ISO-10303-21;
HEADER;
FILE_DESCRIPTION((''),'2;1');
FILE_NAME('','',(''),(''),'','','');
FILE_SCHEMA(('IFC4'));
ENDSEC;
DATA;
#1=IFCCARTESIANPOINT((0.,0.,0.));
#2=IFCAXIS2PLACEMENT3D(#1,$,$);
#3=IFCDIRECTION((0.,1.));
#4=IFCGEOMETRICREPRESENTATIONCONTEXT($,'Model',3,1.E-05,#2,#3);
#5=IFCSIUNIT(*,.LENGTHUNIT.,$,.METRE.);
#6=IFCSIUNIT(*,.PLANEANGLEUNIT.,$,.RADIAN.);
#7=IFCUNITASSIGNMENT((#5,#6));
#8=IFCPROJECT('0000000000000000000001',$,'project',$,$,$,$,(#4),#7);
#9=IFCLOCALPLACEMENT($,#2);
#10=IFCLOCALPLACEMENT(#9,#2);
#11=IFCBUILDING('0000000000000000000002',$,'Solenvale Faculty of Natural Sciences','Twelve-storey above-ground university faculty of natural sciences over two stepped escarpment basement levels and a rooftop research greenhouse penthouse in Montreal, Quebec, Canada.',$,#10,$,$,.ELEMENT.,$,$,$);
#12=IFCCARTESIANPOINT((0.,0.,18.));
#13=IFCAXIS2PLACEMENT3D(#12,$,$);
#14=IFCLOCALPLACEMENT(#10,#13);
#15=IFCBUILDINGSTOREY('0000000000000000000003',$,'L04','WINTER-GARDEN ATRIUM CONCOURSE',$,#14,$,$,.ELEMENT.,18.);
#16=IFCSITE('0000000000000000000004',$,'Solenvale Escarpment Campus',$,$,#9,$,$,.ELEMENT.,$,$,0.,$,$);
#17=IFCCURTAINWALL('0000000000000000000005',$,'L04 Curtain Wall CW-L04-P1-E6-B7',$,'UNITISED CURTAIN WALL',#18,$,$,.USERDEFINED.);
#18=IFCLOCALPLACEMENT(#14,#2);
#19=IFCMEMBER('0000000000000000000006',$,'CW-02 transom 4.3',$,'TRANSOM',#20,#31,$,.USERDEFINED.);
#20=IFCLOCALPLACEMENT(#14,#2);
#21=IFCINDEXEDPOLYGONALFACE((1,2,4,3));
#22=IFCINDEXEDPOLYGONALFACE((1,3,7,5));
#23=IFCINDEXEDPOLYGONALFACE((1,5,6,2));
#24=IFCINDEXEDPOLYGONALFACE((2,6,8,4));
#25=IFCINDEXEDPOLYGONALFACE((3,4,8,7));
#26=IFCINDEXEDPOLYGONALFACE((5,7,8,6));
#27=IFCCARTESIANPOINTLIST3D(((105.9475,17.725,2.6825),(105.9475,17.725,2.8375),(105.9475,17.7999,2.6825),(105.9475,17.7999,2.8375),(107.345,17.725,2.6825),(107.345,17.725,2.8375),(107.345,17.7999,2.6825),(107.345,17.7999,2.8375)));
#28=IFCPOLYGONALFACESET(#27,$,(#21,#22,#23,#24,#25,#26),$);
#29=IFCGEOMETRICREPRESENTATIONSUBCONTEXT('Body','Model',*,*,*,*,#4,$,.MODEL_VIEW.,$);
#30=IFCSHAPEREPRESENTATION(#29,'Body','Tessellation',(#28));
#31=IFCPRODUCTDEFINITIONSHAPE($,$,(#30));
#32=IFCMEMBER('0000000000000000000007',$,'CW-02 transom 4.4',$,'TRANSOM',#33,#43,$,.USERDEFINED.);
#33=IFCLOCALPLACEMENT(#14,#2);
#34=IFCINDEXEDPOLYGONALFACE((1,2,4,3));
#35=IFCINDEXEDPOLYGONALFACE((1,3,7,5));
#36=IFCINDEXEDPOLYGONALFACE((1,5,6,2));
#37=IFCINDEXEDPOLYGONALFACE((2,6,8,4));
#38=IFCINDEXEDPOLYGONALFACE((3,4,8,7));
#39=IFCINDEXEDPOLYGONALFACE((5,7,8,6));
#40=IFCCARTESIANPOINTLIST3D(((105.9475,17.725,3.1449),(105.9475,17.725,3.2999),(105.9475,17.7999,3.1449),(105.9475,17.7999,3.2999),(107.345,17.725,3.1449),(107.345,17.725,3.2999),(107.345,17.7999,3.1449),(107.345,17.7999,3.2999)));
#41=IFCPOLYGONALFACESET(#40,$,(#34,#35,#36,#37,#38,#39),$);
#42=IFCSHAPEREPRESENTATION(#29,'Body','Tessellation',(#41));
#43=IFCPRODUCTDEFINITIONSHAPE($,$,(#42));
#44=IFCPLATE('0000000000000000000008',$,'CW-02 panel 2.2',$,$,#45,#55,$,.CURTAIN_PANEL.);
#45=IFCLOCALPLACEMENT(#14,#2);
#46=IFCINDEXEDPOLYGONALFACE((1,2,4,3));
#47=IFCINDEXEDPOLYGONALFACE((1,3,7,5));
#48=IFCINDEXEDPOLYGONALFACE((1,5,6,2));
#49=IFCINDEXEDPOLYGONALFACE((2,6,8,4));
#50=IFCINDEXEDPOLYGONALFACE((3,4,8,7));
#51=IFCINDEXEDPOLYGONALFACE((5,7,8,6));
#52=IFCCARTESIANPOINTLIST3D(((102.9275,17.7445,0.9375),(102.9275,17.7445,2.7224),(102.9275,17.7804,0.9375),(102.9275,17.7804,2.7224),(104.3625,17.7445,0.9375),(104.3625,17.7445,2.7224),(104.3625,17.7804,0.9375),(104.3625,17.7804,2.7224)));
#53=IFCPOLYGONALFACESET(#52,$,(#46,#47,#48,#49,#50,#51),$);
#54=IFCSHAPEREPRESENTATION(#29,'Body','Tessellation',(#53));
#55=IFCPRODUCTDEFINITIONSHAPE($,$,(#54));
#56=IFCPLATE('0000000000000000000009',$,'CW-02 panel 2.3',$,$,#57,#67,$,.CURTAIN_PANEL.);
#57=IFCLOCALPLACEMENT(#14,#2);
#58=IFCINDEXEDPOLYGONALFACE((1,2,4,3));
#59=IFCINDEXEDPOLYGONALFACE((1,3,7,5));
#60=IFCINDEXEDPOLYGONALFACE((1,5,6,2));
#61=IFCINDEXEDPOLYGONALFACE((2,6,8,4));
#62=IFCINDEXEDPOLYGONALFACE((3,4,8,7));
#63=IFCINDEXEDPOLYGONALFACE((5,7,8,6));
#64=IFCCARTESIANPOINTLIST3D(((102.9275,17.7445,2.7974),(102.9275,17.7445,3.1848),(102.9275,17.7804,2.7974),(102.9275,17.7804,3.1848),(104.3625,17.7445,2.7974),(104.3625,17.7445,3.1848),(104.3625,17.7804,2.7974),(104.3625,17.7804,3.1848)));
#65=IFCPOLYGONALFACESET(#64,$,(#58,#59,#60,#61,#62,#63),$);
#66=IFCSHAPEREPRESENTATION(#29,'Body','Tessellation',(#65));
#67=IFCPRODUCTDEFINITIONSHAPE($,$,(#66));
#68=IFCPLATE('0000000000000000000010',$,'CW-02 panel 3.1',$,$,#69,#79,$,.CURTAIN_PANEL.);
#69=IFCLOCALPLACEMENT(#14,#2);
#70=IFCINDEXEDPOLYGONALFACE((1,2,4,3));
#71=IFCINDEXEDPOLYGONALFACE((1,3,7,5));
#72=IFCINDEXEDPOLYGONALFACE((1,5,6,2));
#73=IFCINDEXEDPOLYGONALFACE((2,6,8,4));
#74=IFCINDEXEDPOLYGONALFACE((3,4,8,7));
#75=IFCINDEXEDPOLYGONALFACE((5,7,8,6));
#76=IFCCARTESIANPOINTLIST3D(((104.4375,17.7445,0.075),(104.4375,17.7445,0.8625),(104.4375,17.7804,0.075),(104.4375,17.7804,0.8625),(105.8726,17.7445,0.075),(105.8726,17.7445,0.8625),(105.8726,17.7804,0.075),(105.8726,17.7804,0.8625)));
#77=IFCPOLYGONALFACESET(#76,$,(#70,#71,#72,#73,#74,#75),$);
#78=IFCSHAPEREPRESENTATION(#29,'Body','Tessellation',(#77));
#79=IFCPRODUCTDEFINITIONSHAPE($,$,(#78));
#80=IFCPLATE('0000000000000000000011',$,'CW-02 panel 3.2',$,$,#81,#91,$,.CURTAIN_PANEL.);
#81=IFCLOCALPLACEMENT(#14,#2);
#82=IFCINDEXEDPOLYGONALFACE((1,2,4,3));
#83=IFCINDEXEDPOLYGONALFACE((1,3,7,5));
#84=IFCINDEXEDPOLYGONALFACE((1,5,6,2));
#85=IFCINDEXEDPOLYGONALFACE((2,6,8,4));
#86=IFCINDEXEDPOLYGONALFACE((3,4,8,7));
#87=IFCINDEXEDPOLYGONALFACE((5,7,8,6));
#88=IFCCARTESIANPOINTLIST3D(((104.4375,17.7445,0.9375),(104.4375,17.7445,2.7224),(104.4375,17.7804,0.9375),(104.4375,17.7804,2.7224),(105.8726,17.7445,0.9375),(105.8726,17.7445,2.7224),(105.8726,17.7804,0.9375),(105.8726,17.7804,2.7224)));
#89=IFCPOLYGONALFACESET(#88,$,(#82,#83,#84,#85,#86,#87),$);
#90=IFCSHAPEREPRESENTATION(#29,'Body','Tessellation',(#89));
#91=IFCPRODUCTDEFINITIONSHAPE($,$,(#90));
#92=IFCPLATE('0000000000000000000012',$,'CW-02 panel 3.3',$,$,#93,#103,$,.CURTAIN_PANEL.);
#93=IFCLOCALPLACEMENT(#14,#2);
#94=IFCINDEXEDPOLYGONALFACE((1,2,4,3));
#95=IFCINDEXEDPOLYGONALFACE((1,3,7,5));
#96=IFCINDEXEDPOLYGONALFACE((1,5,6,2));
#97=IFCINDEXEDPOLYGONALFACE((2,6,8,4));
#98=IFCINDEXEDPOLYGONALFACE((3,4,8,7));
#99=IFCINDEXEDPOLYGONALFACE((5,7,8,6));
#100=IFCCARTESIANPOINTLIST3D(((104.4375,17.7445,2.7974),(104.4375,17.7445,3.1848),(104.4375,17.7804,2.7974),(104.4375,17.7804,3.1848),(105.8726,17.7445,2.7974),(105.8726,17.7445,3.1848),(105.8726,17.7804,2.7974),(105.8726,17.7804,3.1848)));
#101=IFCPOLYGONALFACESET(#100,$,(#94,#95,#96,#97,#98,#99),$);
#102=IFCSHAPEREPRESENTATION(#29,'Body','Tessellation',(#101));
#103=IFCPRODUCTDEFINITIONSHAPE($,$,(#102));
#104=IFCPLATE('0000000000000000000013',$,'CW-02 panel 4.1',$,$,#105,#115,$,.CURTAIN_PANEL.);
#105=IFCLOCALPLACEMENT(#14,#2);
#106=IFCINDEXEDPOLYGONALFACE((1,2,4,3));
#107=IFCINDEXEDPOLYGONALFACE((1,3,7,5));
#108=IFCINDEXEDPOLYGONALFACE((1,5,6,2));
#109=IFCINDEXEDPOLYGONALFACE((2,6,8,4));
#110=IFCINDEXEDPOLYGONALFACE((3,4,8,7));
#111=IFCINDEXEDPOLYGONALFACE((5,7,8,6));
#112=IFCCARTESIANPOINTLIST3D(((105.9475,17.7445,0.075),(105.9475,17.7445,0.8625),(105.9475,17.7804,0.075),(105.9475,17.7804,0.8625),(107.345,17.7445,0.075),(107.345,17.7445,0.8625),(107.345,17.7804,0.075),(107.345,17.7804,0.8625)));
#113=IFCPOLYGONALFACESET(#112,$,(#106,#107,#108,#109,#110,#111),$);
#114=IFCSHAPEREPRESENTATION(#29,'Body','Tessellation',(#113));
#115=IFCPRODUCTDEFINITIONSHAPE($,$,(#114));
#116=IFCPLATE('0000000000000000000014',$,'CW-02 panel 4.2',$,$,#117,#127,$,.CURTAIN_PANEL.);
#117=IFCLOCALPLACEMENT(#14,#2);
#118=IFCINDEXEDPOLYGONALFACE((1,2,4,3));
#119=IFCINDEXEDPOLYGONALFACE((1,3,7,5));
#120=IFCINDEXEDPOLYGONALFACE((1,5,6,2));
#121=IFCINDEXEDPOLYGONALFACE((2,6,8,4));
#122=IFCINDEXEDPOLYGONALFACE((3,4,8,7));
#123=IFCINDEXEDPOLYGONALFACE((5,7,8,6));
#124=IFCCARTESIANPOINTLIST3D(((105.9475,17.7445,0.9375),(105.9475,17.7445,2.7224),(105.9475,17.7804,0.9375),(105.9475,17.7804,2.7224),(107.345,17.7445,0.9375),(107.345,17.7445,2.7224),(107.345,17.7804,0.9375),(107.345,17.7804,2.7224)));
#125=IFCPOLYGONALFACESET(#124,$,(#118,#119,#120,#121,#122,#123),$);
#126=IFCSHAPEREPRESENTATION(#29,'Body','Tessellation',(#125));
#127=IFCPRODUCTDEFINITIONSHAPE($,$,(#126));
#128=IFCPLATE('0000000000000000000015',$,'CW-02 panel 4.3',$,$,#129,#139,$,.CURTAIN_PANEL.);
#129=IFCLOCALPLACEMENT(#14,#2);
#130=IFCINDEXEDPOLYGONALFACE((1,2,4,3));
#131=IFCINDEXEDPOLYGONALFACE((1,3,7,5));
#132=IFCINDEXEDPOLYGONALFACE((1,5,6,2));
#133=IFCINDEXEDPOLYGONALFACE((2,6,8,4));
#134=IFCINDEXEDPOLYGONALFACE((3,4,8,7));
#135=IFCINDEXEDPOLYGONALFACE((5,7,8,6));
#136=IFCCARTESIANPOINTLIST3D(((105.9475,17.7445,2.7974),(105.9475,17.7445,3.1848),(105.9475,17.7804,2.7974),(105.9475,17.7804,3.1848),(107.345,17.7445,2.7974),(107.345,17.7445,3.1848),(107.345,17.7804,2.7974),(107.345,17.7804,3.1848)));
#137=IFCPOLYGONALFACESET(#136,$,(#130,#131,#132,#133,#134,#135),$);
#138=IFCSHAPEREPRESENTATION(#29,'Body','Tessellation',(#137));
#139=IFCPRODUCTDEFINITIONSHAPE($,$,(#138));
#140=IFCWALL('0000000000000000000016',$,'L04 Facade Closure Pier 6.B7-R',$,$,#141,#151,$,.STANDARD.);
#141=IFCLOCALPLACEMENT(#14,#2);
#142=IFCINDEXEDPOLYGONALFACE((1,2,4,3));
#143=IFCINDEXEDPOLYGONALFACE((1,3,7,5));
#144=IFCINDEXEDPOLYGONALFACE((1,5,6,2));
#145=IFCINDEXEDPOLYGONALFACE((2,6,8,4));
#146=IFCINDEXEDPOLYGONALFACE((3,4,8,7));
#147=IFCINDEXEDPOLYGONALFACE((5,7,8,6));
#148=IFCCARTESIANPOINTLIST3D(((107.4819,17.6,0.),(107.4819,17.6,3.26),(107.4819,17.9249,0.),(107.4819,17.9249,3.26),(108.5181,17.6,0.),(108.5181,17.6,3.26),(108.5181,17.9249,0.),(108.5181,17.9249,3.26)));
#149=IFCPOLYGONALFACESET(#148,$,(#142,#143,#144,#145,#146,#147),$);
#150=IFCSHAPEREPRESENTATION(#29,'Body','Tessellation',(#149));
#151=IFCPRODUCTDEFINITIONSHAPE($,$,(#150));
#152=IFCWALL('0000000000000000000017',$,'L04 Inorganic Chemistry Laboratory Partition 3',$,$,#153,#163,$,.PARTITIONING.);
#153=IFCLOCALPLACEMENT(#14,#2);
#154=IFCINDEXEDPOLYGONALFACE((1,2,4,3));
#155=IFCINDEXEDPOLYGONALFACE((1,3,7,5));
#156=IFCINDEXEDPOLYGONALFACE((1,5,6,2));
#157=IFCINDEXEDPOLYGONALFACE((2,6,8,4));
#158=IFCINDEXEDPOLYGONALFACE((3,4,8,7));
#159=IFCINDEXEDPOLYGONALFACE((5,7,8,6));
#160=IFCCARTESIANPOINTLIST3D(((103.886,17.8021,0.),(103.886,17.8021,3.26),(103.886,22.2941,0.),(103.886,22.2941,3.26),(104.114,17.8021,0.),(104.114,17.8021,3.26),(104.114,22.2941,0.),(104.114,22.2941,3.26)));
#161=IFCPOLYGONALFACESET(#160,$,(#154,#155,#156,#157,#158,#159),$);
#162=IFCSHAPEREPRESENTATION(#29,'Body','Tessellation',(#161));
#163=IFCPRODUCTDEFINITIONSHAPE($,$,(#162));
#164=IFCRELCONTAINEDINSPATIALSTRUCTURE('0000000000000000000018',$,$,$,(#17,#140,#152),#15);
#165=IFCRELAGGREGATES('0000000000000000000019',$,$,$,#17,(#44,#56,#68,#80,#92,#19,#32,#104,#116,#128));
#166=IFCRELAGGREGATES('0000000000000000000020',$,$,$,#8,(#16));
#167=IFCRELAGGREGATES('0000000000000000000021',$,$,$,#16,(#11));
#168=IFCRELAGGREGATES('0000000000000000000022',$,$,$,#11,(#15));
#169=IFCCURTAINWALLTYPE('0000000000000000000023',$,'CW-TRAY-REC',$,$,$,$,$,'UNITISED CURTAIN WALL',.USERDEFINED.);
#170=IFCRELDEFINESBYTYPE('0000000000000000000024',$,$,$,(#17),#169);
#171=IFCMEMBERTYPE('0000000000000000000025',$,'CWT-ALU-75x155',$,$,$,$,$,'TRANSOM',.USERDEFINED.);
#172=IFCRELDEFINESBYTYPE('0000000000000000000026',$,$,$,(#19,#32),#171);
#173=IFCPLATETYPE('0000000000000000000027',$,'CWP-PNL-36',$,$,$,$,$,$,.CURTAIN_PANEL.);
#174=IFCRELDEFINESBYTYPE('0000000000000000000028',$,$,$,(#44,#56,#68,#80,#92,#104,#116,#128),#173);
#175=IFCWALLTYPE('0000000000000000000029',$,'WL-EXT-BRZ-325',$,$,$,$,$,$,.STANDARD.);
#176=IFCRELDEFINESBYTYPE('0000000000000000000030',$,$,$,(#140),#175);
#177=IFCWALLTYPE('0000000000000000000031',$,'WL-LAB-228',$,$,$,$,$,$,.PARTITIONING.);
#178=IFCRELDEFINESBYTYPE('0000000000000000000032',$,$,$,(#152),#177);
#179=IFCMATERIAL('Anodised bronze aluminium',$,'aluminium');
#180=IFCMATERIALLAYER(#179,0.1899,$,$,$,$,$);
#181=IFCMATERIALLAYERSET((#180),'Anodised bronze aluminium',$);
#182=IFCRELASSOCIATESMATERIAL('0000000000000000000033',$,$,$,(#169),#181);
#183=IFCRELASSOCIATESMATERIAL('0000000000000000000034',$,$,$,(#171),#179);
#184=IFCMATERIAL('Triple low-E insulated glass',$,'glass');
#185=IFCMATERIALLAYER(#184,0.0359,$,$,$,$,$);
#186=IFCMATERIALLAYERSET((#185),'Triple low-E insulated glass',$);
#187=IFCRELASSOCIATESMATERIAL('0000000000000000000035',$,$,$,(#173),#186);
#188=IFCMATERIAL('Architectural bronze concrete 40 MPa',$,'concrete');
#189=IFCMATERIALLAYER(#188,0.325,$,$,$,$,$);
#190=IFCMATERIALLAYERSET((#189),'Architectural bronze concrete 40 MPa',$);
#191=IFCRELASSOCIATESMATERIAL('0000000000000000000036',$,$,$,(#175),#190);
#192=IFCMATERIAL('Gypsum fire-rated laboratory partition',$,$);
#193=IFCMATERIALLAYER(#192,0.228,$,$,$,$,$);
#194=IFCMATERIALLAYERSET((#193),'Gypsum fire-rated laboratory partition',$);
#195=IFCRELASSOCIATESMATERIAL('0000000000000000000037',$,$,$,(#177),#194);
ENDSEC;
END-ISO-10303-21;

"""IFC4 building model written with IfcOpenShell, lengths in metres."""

from ifc_helpers import new_model, si_unit, direction, frame, frame_2d, origin, origin_2d, place, context, subcontext, project, spatial, rectangle, extrude, material, layer, layer_set, material_profile, profile_set, type_object, element, aggregate, save


model = new_model("IFC4")

# Units and contexts
model_context = context("Model", 3, precision=1e-05, world=origin(), true_north=direction((0.0, 1.0)))
body_context = subcontext(model_context, "Body", "Model", "MODEL_VIEW")
ifc_project = project(units=[si_unit("LENGTHUNIT", "METRE"), si_unit("PLANEANGLEUNIT", "RADIAN")], contexts=[model_context])

# Site, building, storey
site_placement = place(None, origin())
site = spatial("IfcSite", under=ifc_project, at=site_placement, Name="Solenvale Escarpment Campus", CompositionType="ELEMENT", RefElevation=0.0)
building_placement = place(site_placement, origin())
building = spatial("IfcBuilding", under=site, at=building_placement, Name="Solenvale Faculty of Natural Sciences", Description="Twelve-storey above-ground university faculty of natural sciences over two stepped escarpment basement levels and a rooftop research greenhouse penthouse in Montreal, Quebec, Canada.", CompositionType="ELEMENT")
storey_placement = place(building_placement, frame((0.0, 0.0, 18.0)))
storey = spatial("IfcBuildingStorey", under=building, at=storey_placement, Name="L04", Description="WINTER-GARDEN ATRIUM CONCOURSE", CompositionType="ELEMENT", Elevation=18.0)

# Shared definitions
ifc_material_1 = material(Name="Architectural bronze concrete 40 MPa", Category="concrete")

# Curtain wall, members, plates
ifc_material_2 = material(Name="Anodised bronze aluminium", Category="aluminium")
ifc_layer_1 = layer(ifc_material_2, 0.1899)
ifc_layer_set_1 = layer_set([ifc_layer_1], Name="Anodised bronze aluminium")
curtain_wall_type = type_object("IfcCurtainWallType", Name="CW-TRAY-REC", ElementType="UNITISED CURTAIN WALL", PredefinedType="USERDEFINED", material=ifc_layer_set_1)
curtain_wall_placement = place(storey_placement, origin())
curtain_wall = element("IfcCurtainWall", 1, at=curtain_wall_placement, inside=storey, type_object=curtain_wall_type, Name="L04 Curtain Wall CW-L04-P1-E6-B7", ObjectType="UNITISED CURTAIN WALL", PredefinedType="USERDEFINED")
ifc_material_profile_1 = material_profile(ifc_material_2, rectangle(XDim=0.075, YDim=0.155, at=origin_2d()), Name="ALU-TRN-75x155")
ifc_profile_set_1 = profile_set([ifc_material_profile_1], Name="Anodised bronze aluminium")
member_type_1 = type_object("IfcMemberType", Name="CWT-ALU-75x155", ElementType="TRANSOM", PredefinedType="USERDEFINED", material=ifc_profile_set_1)
member_1_placement = place(storey_placement, frame((105.9475, 17.7625, 2.76), z_axis=(1.0, 0.0, 0.0), x_axis=(0.0, 1.0, 0.0)))
member_1 = element("IfcMember", 2, at=member_1_placement, type_object=member_type_1, Name="CW-02 transom 4.3", ObjectType="TRANSOM", PredefinedType="USERDEFINED", context=body_context, shape_type="SweptSolid", body=[
    extrude(rectangle(XDim=0.075, YDim=0.155, at=origin_2d()), origin(), (0.0, 0.0, 1.0), 1.3975),
])
member_2_placement = place(storey_placement, frame((105.9475, 17.7625, 3.2224), z_axis=(1.0, 0.0, 0.0), x_axis=(0.0, 1.0, 0.0)))
member_2 = element("IfcMember", 3, at=member_2_placement, type_object=member_type_1, Name="CW-02 transom 4.4", ObjectType="TRANSOM", PredefinedType="USERDEFINED", context=body_context, shape_type="SweptSolid", body=[
    extrude(rectangle(XDim=0.075, YDim=0.155, at=origin_2d()), origin(), (0.0, 0.0, 1.0), 1.3975),
])
ifc_material_3 = material(Name="Triple low-E insulated glass", Category="glass")
ifc_layer_2 = layer(ifc_material_3, 0.0359)
ifc_layer_set_2 = layer_set([ifc_layer_2], Name="Triple low-E insulated glass")
plate_type = type_object("IfcPlateType", Name="CWP-PNL-36", PredefinedType="CURTAIN_PANEL", material=ifc_layer_set_2)
plate_1_placement = place(storey_placement, frame((103.645, 17.7625, 0.9375), z_axis=(0.0, 0.0, 1.0), x_axis=(1.0, 0.0, 0.0)))
plate_1 = element("IfcPlate", 4, at=plate_1_placement, type_object=plate_type, Name="CW-02 panel 2.2", PredefinedType="CURTAIN_PANEL", context=body_context, shape_type="SweptSolid", body=[
    extrude(rectangle(XDim=1.4351, YDim=0.0359, at=origin_2d()), origin(), (0.0, 0.0, 1.0), 1.7849),
])
plate_2_placement = place(storey_placement, frame((103.645, 17.7625, 2.7974), z_axis=(0.0, 0.0, 1.0), x_axis=(1.0, 0.0, 0.0)))
plate_2 = element("IfcPlate", 5, at=plate_2_placement, type_object=plate_type, Name="CW-02 panel 2.3", PredefinedType="CURTAIN_PANEL", context=body_context, shape_type="SweptSolid", body=[
    extrude(rectangle(XDim=1.4351, YDim=0.0359, at=origin_2d()), origin(), (0.0, 0.0, 1.0), 0.3875),
])
plate_3_placement = place(storey_placement, frame((105.155, 17.7625, 0.075), z_axis=(0.0, 0.0, 1.0), x_axis=(1.0, 0.0, 0.0)))
plate_3 = element("IfcPlate", 6, at=plate_3_placement, type_object=plate_type, Name="CW-02 panel 3.1", PredefinedType="CURTAIN_PANEL", context=body_context, shape_type="SweptSolid", body=[
    extrude(rectangle(XDim=1.4351, YDim=0.0359, at=origin_2d()), origin(), (0.0, 0.0, 1.0), 0.7876),
])
plate_4_placement = place(storey_placement, frame((105.155, 17.7625, 0.9375), z_axis=(0.0, 0.0, 1.0), x_axis=(1.0, 0.0, 0.0)))
plate_4 = element("IfcPlate", 7, at=plate_4_placement, type_object=plate_type, Name="CW-02 panel 3.2", PredefinedType="CURTAIN_PANEL", context=body_context, shape_type="SweptSolid", body=[
    extrude(rectangle(XDim=1.4351, YDim=0.0359, at=origin_2d()), origin(), (0.0, 0.0, 1.0), 1.7849),
])
plate_5_placement = place(storey_placement, frame((105.155, 17.7625, 2.7974), z_axis=(0.0, 0.0, 1.0), x_axis=(1.0, 0.0, 0.0)))
plate_5 = element("IfcPlate", 8, at=plate_5_placement, type_object=plate_type, Name="CW-02 panel 3.3", PredefinedType="CURTAIN_PANEL", context=body_context, shape_type="SweptSolid", body=[
    extrude(rectangle(XDim=1.4351, YDim=0.0359, at=origin_2d()), origin(), (0.0, 0.0, 1.0), 0.3875),
])
plate_6_placement = place(storey_placement, frame((106.6462, 17.7625, 0.075), z_axis=(0.0, 0.0, 1.0), x_axis=(1.0, 0.0, 0.0)))
plate_6 = element("IfcPlate", 9, at=plate_6_placement, type_object=plate_type, Name="CW-02 panel 4.1", PredefinedType="CURTAIN_PANEL", context=body_context, shape_type="SweptSolid", body=[
    extrude(rectangle(XDim=1.3975, YDim=0.0359, at=origin_2d()), origin(), (0.0, 0.0, 1.0), 0.7876),
])
plate_7_placement = place(storey_placement, frame((106.6462, 17.7625, 0.9375), z_axis=(0.0, 0.0, 1.0), x_axis=(1.0, 0.0, 0.0)))
plate_7 = element("IfcPlate", 10, at=plate_7_placement, type_object=plate_type, Name="CW-02 panel 4.2", PredefinedType="CURTAIN_PANEL", context=body_context, shape_type="SweptSolid", body=[
    extrude(rectangle(XDim=1.3975, YDim=0.0359, at=origin_2d()), origin(), (0.0, 0.0, 1.0), 1.7849),
])
plate_8_placement = place(storey_placement, frame((106.6462, 17.7625, 2.7974), z_axis=(0.0, 0.0, 1.0), x_axis=(1.0, 0.0, 0.0)))
plate_8 = element("IfcPlate", 11, at=plate_8_placement, type_object=plate_type, Name="CW-02 panel 4.3", PredefinedType="CURTAIN_PANEL", context=body_context, shape_type="SweptSolid", body=[
    extrude(rectangle(XDim=1.3975, YDim=0.0359, at=origin_2d()), origin(), (0.0, 0.0, 1.0), 0.3875),
])
aggregate(curtain_wall, [plate_1, plate_2, plate_3, plate_4, plate_5, member_1, member_2, plate_6, plate_7, plate_8])

# Walls
ifc_layer_3 = layer(ifc_material_1, 0.325)
ifc_layer_set_3 = layer_set([ifc_layer_3], Name="Architectural bronze concrete 40 MPa")
wall_type_1 = type_object("IfcWallType", Name="WL-EXT-BRZ-325", PredefinedType="STANDARD", material=ifc_layer_set_3)
wall_1_placement = place(storey_placement, frame((107.4819, 17.7625, 0.0), z_axis=(0.0, 0.0, 1.0), x_axis=(1.0, 0.0, 0.0)))
element("IfcWall", 12, at=wall_1_placement, inside=storey, type_object=wall_type_1, Name="L04 Facade Closure Pier 6.B7-R", PredefinedType="STANDARD", context=body_context, shape_type="SweptSolid", body=[
    extrude(rectangle(XDim=1.0361, YDim=0.325, at=frame_2d((0.5181, 0.0))), origin(), (0.0, 0.0, 1.0), 3.26),
])
ifc_material_4 = material(Name="Gypsum fire-rated laboratory partition")
ifc_layer_4 = layer(ifc_material_4, 0.228)
ifc_layer_set_4 = layer_set([ifc_layer_4], Name="Gypsum fire-rated laboratory partition")
wall_type_2 = type_object("IfcWallType", Name="WL-LAB-228", PredefinedType="PARTITIONING", material=ifc_layer_set_4)
wall_2_placement = place(storey_placement, frame((104.0, 17.802, 0.0), z_axis=(0.0, 0.0, 1.0), x_axis=(0.0, 1.0, 0.0)))
element("IfcWall", 13, at=wall_2_placement, inside=storey, type_object=wall_type_2, Name="L04 Inorganic Chemistry Laboratory Partition 3", PredefinedType="PARTITIONING", context=body_context, shape_type="SweptSolid", body=[
    extrude(rectangle(XDim=4.4919, YDim=0.228, at=frame_2d((2.2461, 0.0))), origin(), (0.0, 0.0, 1.0), 3.26),
])

save(model, "model.ifc")
